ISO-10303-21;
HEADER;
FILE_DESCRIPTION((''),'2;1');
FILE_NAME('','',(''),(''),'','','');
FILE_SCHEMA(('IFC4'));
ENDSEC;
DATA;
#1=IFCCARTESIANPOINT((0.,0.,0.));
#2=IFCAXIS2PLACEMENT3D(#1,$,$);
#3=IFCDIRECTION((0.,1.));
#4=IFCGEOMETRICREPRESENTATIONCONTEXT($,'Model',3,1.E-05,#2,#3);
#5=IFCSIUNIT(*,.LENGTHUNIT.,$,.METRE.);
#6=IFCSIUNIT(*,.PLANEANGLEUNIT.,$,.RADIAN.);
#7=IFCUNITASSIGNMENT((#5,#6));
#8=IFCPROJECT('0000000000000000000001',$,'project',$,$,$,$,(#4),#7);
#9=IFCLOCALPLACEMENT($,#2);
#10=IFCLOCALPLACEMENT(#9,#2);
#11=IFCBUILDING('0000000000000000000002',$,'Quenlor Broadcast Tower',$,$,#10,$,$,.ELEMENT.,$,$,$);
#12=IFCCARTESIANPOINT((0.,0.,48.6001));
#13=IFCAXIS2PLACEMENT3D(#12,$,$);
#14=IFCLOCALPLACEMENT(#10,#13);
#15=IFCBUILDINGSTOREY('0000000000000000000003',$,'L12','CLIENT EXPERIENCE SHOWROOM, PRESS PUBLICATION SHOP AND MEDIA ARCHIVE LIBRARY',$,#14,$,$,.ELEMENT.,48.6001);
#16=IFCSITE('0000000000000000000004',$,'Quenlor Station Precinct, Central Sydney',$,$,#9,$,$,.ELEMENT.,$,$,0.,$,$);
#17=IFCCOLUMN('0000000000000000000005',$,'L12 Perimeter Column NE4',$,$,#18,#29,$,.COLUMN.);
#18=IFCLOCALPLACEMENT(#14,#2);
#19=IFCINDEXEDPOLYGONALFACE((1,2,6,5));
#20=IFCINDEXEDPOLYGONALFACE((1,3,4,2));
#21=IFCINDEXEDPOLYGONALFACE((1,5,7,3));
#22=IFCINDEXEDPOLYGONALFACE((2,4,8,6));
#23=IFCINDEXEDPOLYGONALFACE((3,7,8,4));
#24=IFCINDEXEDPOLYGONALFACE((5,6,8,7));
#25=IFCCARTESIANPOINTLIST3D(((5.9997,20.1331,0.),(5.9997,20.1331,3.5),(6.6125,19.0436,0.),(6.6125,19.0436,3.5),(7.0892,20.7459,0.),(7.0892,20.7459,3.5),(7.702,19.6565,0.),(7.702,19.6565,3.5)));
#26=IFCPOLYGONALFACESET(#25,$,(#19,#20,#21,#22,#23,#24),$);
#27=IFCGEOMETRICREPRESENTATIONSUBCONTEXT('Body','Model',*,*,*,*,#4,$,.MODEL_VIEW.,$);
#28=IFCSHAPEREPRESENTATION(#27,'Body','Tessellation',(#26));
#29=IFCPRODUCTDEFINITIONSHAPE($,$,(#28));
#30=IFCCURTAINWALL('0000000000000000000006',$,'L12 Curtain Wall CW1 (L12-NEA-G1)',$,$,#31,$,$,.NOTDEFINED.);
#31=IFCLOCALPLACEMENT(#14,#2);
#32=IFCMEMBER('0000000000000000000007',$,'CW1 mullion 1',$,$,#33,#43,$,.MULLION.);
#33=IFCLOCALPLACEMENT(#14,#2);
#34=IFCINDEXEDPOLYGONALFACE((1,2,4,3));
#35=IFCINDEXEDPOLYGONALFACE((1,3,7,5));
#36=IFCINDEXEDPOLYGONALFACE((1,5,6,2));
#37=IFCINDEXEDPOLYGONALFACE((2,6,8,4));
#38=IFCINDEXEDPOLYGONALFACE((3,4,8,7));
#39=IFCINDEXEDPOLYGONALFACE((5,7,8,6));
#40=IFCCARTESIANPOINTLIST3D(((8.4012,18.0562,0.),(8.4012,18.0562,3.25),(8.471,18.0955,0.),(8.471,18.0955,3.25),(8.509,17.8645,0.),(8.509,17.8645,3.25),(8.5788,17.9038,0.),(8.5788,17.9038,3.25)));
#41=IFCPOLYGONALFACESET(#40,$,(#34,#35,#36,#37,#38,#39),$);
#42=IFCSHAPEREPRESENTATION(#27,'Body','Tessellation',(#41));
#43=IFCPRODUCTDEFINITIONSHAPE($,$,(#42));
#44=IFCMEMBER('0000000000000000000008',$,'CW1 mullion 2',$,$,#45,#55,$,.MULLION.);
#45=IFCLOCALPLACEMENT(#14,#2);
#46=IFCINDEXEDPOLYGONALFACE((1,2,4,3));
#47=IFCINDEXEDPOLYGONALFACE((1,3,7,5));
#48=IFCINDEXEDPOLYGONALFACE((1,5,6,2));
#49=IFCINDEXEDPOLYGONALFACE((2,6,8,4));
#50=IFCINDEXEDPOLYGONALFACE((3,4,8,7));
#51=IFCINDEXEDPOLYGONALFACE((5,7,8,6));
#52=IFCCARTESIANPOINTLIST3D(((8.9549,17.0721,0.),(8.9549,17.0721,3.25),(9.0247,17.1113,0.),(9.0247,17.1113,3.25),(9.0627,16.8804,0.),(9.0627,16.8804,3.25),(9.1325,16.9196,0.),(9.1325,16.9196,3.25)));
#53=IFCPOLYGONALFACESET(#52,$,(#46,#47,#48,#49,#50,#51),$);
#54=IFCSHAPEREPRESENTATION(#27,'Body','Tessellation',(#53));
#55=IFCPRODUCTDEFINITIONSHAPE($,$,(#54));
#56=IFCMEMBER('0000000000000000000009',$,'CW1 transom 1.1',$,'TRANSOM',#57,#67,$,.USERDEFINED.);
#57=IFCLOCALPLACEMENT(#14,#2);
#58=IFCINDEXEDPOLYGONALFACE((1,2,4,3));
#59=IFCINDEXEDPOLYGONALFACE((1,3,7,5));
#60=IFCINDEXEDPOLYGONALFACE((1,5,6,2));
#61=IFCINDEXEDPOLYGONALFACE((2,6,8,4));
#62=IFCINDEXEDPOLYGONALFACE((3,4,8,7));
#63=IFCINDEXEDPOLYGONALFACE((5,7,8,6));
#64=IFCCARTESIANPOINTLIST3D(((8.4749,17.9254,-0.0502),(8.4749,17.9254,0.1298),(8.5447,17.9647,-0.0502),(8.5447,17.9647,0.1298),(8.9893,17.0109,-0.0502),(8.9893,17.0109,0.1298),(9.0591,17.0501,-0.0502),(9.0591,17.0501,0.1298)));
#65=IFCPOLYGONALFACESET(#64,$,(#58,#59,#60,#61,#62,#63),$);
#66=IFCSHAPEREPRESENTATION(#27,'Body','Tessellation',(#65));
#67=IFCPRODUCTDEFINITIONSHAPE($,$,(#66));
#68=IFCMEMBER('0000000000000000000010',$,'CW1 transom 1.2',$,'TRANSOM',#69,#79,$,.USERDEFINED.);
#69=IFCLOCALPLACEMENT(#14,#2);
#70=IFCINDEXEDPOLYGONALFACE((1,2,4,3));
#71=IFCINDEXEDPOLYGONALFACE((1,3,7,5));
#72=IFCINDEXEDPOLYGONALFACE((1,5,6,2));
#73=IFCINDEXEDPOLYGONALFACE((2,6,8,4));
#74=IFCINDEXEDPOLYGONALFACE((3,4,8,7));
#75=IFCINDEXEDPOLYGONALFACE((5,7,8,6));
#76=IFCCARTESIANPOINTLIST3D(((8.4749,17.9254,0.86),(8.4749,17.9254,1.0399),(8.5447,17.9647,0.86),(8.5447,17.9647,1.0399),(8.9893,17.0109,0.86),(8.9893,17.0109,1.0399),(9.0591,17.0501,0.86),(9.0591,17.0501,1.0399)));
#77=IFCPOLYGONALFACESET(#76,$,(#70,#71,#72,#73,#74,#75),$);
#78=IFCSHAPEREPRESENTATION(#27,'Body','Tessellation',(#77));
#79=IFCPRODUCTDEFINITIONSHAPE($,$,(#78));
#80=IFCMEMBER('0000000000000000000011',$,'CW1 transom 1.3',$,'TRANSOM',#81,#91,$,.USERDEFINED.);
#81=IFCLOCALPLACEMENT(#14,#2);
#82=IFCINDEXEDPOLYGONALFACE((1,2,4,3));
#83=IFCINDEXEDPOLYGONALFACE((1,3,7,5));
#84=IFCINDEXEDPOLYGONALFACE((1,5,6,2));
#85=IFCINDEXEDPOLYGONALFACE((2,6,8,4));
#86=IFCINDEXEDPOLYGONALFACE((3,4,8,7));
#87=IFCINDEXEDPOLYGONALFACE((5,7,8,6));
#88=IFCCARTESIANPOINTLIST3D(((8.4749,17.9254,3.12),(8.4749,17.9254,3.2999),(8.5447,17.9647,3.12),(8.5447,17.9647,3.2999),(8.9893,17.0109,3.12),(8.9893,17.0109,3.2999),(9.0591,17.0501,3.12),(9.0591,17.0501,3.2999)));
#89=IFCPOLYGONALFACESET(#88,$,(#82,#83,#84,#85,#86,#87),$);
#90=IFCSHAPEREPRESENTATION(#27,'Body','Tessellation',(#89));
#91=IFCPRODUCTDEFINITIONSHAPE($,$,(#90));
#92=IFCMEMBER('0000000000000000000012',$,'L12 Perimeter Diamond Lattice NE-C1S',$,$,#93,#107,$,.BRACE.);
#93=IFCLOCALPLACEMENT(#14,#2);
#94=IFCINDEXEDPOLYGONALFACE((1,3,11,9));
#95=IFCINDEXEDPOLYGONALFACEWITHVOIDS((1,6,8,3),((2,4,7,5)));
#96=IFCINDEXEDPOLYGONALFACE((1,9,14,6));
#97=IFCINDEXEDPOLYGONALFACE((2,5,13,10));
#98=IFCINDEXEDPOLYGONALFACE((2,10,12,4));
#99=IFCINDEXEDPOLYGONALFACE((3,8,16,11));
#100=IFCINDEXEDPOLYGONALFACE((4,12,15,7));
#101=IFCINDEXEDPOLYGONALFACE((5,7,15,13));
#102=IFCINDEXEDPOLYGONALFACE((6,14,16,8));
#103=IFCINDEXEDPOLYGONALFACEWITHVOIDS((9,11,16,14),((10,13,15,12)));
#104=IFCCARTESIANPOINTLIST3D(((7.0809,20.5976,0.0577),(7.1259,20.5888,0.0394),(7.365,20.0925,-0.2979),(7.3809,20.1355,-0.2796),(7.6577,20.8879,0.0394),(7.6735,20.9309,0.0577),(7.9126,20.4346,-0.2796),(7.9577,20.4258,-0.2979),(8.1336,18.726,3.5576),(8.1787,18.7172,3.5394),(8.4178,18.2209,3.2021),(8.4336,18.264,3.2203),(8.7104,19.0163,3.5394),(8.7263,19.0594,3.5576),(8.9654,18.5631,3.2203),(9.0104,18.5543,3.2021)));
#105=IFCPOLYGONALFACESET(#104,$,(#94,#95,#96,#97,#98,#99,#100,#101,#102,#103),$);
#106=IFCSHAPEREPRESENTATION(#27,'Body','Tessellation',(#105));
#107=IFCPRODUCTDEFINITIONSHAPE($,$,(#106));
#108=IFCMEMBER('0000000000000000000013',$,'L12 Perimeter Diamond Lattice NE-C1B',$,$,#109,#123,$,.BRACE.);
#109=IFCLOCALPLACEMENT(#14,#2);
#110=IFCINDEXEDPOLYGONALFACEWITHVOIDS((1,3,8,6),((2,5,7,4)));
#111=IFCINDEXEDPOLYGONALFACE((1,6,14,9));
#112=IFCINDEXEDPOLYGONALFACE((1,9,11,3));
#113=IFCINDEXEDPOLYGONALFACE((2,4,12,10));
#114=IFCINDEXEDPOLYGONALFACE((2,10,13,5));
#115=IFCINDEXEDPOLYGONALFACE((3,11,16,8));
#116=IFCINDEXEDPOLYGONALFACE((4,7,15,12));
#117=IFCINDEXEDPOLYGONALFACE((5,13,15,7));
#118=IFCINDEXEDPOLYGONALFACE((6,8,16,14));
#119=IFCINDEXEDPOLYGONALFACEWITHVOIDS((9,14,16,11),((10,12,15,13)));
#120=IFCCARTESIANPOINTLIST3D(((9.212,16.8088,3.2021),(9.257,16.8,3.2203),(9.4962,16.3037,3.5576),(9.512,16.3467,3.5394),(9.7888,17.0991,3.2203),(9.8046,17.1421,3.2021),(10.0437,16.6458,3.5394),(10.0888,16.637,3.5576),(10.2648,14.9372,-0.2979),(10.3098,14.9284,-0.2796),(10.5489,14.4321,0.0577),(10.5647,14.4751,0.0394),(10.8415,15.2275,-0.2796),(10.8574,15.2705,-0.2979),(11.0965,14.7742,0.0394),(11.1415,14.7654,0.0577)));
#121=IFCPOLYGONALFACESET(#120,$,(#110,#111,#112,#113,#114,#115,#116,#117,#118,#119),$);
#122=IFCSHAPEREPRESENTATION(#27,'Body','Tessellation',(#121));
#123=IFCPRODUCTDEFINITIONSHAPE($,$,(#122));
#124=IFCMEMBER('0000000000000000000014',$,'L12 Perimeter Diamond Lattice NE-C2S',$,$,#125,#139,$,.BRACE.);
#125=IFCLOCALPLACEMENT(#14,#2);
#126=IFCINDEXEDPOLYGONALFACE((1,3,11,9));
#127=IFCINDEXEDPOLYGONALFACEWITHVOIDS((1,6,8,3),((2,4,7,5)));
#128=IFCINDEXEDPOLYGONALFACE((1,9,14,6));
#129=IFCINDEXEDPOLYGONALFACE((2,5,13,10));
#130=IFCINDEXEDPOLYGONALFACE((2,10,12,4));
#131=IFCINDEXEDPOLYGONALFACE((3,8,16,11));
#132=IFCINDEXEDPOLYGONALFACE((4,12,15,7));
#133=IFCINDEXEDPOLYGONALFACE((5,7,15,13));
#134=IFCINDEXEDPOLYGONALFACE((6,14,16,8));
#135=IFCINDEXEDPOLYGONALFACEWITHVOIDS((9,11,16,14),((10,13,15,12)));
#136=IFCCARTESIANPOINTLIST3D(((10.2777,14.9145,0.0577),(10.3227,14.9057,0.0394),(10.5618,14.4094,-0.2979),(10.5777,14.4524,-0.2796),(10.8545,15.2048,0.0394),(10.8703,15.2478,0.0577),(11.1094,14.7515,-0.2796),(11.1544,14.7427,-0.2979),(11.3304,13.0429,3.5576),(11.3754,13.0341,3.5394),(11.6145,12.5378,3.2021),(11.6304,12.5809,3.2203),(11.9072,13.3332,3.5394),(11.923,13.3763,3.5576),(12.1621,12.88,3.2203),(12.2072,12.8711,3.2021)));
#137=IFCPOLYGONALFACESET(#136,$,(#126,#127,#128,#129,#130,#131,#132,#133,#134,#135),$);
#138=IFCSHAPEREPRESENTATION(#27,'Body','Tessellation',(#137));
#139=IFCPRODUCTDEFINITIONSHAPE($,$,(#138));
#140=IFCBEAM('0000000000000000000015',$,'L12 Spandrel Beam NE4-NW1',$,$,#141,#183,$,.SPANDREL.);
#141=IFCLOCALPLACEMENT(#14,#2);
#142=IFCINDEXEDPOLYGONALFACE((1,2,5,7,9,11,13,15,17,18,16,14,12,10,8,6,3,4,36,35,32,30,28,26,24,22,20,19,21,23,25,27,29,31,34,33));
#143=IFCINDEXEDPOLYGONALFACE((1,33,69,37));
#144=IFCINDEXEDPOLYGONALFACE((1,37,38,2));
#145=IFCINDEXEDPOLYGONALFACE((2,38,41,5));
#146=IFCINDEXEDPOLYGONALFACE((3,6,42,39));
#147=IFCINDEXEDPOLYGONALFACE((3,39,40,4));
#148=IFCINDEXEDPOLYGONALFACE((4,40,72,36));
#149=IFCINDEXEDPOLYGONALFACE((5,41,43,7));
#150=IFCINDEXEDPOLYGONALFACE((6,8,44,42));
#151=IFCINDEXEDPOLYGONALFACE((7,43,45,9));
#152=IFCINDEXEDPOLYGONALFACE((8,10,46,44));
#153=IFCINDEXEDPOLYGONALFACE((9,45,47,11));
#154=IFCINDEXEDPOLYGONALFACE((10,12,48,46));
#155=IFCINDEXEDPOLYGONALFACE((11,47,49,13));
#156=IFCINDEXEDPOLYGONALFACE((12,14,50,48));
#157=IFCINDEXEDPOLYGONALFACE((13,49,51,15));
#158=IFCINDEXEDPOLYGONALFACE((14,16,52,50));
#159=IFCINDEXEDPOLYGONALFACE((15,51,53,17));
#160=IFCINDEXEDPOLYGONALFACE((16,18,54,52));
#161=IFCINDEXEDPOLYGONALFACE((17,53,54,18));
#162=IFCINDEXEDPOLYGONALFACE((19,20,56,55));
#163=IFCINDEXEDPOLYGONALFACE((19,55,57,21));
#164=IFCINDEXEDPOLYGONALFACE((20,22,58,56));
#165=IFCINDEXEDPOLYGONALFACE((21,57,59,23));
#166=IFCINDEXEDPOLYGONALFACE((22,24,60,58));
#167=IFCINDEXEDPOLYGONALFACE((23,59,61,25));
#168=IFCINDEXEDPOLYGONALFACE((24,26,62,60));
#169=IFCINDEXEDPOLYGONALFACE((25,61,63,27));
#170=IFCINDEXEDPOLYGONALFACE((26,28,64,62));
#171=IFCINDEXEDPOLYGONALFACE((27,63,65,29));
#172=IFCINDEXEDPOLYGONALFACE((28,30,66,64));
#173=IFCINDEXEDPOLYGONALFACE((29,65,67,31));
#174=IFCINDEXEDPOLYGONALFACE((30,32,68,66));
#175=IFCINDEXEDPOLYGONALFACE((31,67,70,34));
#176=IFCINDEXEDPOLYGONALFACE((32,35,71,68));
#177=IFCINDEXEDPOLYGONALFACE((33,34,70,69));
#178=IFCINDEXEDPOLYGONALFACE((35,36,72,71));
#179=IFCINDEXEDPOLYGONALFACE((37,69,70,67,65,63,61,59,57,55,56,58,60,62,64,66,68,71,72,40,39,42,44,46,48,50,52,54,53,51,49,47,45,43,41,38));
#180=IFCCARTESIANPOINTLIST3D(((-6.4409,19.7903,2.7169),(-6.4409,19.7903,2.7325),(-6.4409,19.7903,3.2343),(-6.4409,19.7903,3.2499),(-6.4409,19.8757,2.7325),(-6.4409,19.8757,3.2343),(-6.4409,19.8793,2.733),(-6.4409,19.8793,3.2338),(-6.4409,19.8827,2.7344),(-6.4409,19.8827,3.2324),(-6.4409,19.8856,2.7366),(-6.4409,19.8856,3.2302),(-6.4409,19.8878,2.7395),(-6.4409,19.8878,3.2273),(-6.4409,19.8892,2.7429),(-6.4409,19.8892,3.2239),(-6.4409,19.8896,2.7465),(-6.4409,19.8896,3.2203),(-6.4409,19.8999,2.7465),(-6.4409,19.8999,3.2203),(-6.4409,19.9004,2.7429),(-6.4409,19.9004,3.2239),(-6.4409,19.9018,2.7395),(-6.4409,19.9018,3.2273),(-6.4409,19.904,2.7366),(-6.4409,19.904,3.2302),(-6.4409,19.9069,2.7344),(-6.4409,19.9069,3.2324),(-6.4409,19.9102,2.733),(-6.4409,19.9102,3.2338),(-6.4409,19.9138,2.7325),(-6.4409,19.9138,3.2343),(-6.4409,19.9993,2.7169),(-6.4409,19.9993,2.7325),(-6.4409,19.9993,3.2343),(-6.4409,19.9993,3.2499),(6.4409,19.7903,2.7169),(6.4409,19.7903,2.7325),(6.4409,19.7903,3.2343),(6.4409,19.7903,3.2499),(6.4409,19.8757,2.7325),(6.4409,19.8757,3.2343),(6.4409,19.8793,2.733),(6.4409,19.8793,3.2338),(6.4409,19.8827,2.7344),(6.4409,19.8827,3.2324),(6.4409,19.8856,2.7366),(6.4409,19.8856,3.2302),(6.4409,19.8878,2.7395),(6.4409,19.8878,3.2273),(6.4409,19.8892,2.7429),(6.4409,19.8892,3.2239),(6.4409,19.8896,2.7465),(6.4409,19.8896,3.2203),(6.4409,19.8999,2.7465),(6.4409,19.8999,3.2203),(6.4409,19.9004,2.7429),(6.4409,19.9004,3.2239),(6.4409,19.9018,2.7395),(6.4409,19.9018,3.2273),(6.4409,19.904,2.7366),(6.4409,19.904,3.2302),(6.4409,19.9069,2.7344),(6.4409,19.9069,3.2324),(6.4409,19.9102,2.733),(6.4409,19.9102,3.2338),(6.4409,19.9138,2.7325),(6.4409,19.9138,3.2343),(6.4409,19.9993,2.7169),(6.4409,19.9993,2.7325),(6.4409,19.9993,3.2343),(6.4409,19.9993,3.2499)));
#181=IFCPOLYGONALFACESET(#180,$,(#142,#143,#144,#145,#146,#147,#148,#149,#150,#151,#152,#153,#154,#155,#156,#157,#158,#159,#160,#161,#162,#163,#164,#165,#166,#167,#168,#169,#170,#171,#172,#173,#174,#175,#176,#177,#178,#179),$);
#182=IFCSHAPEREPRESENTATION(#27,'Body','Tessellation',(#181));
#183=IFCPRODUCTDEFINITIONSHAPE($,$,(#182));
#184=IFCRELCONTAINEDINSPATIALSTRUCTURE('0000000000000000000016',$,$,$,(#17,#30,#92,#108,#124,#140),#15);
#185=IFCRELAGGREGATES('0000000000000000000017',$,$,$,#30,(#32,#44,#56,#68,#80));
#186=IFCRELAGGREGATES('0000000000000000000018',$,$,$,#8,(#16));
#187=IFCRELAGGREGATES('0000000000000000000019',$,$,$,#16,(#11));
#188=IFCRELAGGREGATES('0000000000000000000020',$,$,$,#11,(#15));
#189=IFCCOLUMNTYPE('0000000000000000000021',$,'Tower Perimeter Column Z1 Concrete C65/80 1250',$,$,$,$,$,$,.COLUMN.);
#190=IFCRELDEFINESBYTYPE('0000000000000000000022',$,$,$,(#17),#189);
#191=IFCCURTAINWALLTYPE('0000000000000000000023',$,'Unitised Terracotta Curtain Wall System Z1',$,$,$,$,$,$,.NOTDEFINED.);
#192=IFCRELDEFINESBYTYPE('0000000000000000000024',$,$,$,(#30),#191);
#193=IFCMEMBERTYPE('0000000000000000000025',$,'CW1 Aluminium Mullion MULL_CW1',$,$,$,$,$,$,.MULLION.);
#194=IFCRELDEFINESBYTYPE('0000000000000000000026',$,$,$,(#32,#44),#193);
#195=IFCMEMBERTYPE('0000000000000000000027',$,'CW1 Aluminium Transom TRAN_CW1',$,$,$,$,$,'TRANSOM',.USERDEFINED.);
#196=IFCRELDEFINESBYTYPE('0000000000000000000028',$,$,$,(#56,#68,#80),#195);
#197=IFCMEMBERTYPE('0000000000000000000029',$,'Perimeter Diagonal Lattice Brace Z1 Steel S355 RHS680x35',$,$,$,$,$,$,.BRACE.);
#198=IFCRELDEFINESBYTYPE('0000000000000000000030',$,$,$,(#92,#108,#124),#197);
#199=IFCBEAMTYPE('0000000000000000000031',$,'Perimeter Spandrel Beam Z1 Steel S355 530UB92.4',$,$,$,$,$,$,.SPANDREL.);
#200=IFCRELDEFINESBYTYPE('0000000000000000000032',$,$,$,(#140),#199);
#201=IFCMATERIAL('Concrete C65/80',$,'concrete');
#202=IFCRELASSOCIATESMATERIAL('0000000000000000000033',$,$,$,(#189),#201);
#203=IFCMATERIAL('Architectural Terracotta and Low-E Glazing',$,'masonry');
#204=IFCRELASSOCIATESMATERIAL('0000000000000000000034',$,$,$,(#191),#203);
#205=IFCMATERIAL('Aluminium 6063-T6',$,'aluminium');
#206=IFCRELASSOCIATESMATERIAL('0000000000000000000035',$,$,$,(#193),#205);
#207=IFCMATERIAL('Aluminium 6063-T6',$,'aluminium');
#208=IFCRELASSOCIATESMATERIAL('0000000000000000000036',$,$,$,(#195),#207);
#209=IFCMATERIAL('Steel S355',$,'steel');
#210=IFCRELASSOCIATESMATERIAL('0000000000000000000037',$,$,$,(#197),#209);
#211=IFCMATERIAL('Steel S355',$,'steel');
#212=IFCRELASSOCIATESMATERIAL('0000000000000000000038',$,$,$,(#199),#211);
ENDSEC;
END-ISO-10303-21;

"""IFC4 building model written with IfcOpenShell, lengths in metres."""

from ifc_helpers import new_model, si_unit, direction, frame, origin, origin_2d, place, context, subcontext, project, spatial, rectangle, hollow_rectangle, i_section, extrude, material, material_profile, profile_set, type_object, element, aggregate, save


model = new_model("IFC4")

# Units and contexts
model_context = context("Model", 3, precision=1e-05, world=origin(), true_north=direction((0.0, 1.0)))
body_context = subcontext(model_context, "Body", "Model", "MODEL_VIEW")
ifc_project = project(units=[si_unit("LENGTHUNIT", "METRE"), si_unit("PLANEANGLEUNIT", "RADIAN")], contexts=[model_context])

# Site, building, storey
site_placement = place(None, origin())
site = spatial("IfcSite", under=ifc_project, at=site_placement, Name="Quenlor Station Precinct, Central Sydney", CompositionType="ELEMENT", RefElevation=0.0)
building_placement = place(site_placement, origin())
building = spatial("IfcBuilding", under=site, at=building_placement, Name="Quenlor Broadcast Tower", CompositionType="ELEMENT")
storey_placement = place(building_placement, frame((0.0, 0.0, 48.6001)))
storey = spatial("IfcBuildingStorey", under=building, at=storey_placement, Name="L12", Description="CLIENT EXPERIENCE SHOWROOM, PRESS PUBLICATION SHOP AND MEDIA ARCHIVE LIBRARY", CompositionType="ELEMENT", Elevation=48.6001)

# Column
ifc_material_1 = material(Name="Concrete C65/80", Category="concrete")
ifc_material_profile_1 = material_profile(ifc_material_1, rectangle(XDim=1.25, YDim=1.25, at=origin_2d()))
ifc_profile_set_1 = profile_set([ifc_material_profile_1], Name="Concrete C65/80 RC1250x1250")
column_type = type_object("IfcColumnType", Name="Tower Perimeter Column Z1 Concrete C65/80 1250", PredefinedType="COLUMN", material=ifc_profile_set_1)
column_placement = place(storey_placement, frame((6.8508, 19.8948, 0.0), z_axis=(0.0, 0.0, 1.0), x_axis=(0.871575, 0.490262, 0.0)))
element("IfcColumn", 1, at=column_placement, inside=storey, type_object=column_type, Name="L12 Perimeter Column NE4", PredefinedType="COLUMN", context=body_context, shape_type="SweptSolid", body=[
    extrude(rectangle(XDim=1.25, YDim=1.25, at=origin_2d()), origin(), (0.0, 0.0, 1.0), 3.5),
])

# Curtain wall, members
ifc_material_2 = material(Name="Architectural Terracotta and Low-E Glazing", Category="masonry")
curtain_wall_type = type_object("IfcCurtainWallType", Name="Unitised Terracotta Curtain Wall System Z1", PredefinedType="NOTDEFINED", material=ifc_material_2)
curtain_wall_placement = place(storey_placement, origin())
curtain_wall = element("IfcCurtainWall", 2, at=curtain_wall_placement, inside=storey, type_object=curtain_wall_type, Name="L12 Curtain Wall CW1 (L12-NEA-G1)", PredefinedType="NOTDEFINED")
ifc_material_3 = material(Name="Aluminium 6063-T6", Category="aluminium")
ifc_material_profile_2 = material_profile(ifc_material_3, rectangle(XDim=0.0801, YDim=0.22, at=origin_2d()))
ifc_profile_set_2 = profile_set([ifc_material_profile_2], Name="Aluminium 6063-T6 MULL80x220")
member_type_1 = type_object("IfcMemberType", Name="CW1 Aluminium Mullion MULL_CW1", PredefinedType="MULLION", material=ifc_profile_set_2)
member_1_placement = place(storey_placement, frame((8.49, 17.98, 0.0), z_axis=(0.0, 0.0, 1.0), x_axis=(0.871567, 0.490277, 0.0)))
member_1 = element("IfcMember", 3, at=member_1_placement, type_object=member_type_1, Name="CW1 mullion 1", PredefinedType="MULLION", context=body_context, shape_type="SweptSolid", body=[
    extrude(rectangle(XDim=0.0801, YDim=0.22, at=origin_2d()), origin(), (0.0, 0.0, 1.0), 3.25),
])
member_2_placement = place(storey_placement, frame((9.0437, 16.9958, 0.0), z_axis=(0.0, 0.0, 1.0), x_axis=(0.871567, 0.490277, 0.0)))
member_2 = element("IfcMember", 4, at=member_2_placement, type_object=member_type_1, Name="CW1 mullion 2", PredefinedType="MULLION", context=body_context, shape_type="SweptSolid", body=[
    extrude(rectangle(XDim=0.0801, YDim=0.22, at=origin_2d()), origin(), (0.0, 0.0, 1.0), 3.25),
])
ifc_material_4 = material(Name="Aluminium 6063-T6", Category="aluminium")
ifc_material_profile_3 = material_profile(ifc_material_4, rectangle(XDim=0.0801, YDim=0.1799, at=origin_2d()))
ifc_profile_set_3 = profile_set([ifc_material_profile_3], Name="Aluminium 6063-T6 TRAN80x180")
member_type_2 = type_object("IfcMemberType", Name="CW1 Aluminium Transom TRAN_CW1", ElementType="TRANSOM", PredefinedType="USERDEFINED", material=ifc_profile_set_3)
member_3_placement = place(storey_placement, frame((8.5098, 17.9451, 0.0398), z_axis=(0.490239, -0.871588, 0.0), x_axis=(0.871588, 0.490239, 0.0)))
member_3 = element("IfcMember", 5, at=member_3_placement, type_object=member_type_2, Name="CW1 transom 1.1", ObjectType="TRANSOM", PredefinedType="USERDEFINED", context=body_context, shape_type="SweptSolid", body=[
    extrude(rectangle(XDim=0.0801, YDim=0.1799, at=origin_2d()), origin(), (0.0, 0.0, 1.0), 1.0493),
])
member_4_placement = place(storey_placement, frame((8.5098, 17.9451, 0.95), z_axis=(0.490239, -0.871588, 0.0), x_axis=(0.871588, 0.490239, 0.0)))
member_4 = element("IfcMember", 6, at=member_4_placement, type_object=member_type_2, Name="CW1 transom 1.2", ObjectType="TRANSOM", PredefinedType="USERDEFINED", context=body_context, shape_type="SweptSolid", body=[
    extrude(rectangle(XDim=0.0801, YDim=0.1799, at=origin_2d()), origin(), (0.0, 0.0, 1.0), 1.0493),
])
member_5_placement = place(storey_placement, frame((8.5098, 17.9451, 3.21), z_axis=(0.490239, -0.871588, 0.0), x_axis=(0.871588, 0.490239, 0.0)))
member_5 = element("IfcMember", 7, at=member_5_placement, type_object=member_type_2, Name="CW1 transom 1.3", ObjectType="TRANSOM", PredefinedType="USERDEFINED", context=body_context, shape_type="SweptSolid", body=[
    extrude(rectangle(XDim=0.0801, YDim=0.1799, at=origin_2d()), origin(), (0.0, 0.0, 1.0), 1.0493),
])

# Members
ifc_material_5 = material(Name="Steel S355", Category="steel")
ifc_material_profile_4 = material_profile(ifc_material_5, hollow_rectangle(XDim=0.6799, YDim=0.6799, WallThickness=0.0349, at=origin_2d()))
ifc_profile_set_4 = profile_set([ifc_material_profile_4], Name="Steel S355 RHS680x680x35")
member_type_3 = type_object("IfcMemberType", Name="Perimeter Diagonal Lattice Brace Z1 Steel S355 RHS680x35", PredefinedType="BRACE", material=ifc_profile_set_4)
for number, where, z_axis, x_axis, name in (
    (8, (7.5193, 20.5117, -0.1201), (0.256375, -0.455792, 0.852365), (0.871582, 0.49025, 0.0), "L12 Perimeter Diamond Lattice NE-C1S"),
    (9, (10.7031, 14.8513, -0.1201), (-0.256375, 0.455792, 0.852365), (-0.871582, -0.49025, 0.0), "L12 Perimeter Diamond Lattice NE-C1B"),
    (10, (10.7161, 14.8286, -0.1201), (0.256375, -0.455792, 0.852365), (0.871582, 0.49025, 0.0), "L12 Perimeter Diamond Lattice NE-C2S"),
):
    element("IfcMember", number, at=place(storey_placement, frame(where, z_axis=z_axis, x_axis=x_axis)), inside=storey, type_object=member_type_3, Name=name, PredefinedType="BRACE", context=body_context, shape_type="SweptSolid", body=[
        extrude(hollow_rectangle(XDim=0.6799, YDim=0.6799, WallThickness=0.0349, at=origin_2d()), origin(), (0.0, 0.0, 1.0), 4.1062),
    ])

# Beam
ifc_material_6 = material(Name="Steel S355", Category="steel")
ifc_material_profile_5 = material_profile(ifc_material_6, i_section(OverallWidth=0.209, OverallDepth=0.533, WebThickness=0.0103, FlangeThickness=0.0156, FilletRadius=0.0139, at=origin_2d()))
ifc_profile_set_5 = profile_set([ifc_material_profile_5], Name="Steel S355 530UB92.4")
beam_type_1 = type_object("IfcBeamType", Name="Perimeter Spandrel Beam Z1 Steel S355 530UB92.4", PredefinedType="SPANDREL", material=ifc_profile_set_5)
beam_1_placement = place(storey_placement, frame((6.4409, 19.8948, 2.9834), z_axis=(-1.0, 0.0, 0.0), x_axis=(0.0, -1.0, 0.0)))
element("IfcBeam", 11, at=beam_1_placement, inside=storey, type_object=beam_type_1, Name="L12 Spandrel Beam NE4-NW1", PredefinedType="SPANDREL", context=body_context, shape_type="SweptSolid", body=[
    extrude(i_section(OverallWidth=0.209, OverallDepth=0.533, WebThickness=0.0103, FlangeThickness=0.0156, FilletRadius=0.0139, at=origin_2d()), origin(), (0.0, 0.0, 1.0), 12.8818),
])

aggregate(curtain_wall, [member_1, member_2, member_3, member_4, member_5])

save(model, "model.ifc")
